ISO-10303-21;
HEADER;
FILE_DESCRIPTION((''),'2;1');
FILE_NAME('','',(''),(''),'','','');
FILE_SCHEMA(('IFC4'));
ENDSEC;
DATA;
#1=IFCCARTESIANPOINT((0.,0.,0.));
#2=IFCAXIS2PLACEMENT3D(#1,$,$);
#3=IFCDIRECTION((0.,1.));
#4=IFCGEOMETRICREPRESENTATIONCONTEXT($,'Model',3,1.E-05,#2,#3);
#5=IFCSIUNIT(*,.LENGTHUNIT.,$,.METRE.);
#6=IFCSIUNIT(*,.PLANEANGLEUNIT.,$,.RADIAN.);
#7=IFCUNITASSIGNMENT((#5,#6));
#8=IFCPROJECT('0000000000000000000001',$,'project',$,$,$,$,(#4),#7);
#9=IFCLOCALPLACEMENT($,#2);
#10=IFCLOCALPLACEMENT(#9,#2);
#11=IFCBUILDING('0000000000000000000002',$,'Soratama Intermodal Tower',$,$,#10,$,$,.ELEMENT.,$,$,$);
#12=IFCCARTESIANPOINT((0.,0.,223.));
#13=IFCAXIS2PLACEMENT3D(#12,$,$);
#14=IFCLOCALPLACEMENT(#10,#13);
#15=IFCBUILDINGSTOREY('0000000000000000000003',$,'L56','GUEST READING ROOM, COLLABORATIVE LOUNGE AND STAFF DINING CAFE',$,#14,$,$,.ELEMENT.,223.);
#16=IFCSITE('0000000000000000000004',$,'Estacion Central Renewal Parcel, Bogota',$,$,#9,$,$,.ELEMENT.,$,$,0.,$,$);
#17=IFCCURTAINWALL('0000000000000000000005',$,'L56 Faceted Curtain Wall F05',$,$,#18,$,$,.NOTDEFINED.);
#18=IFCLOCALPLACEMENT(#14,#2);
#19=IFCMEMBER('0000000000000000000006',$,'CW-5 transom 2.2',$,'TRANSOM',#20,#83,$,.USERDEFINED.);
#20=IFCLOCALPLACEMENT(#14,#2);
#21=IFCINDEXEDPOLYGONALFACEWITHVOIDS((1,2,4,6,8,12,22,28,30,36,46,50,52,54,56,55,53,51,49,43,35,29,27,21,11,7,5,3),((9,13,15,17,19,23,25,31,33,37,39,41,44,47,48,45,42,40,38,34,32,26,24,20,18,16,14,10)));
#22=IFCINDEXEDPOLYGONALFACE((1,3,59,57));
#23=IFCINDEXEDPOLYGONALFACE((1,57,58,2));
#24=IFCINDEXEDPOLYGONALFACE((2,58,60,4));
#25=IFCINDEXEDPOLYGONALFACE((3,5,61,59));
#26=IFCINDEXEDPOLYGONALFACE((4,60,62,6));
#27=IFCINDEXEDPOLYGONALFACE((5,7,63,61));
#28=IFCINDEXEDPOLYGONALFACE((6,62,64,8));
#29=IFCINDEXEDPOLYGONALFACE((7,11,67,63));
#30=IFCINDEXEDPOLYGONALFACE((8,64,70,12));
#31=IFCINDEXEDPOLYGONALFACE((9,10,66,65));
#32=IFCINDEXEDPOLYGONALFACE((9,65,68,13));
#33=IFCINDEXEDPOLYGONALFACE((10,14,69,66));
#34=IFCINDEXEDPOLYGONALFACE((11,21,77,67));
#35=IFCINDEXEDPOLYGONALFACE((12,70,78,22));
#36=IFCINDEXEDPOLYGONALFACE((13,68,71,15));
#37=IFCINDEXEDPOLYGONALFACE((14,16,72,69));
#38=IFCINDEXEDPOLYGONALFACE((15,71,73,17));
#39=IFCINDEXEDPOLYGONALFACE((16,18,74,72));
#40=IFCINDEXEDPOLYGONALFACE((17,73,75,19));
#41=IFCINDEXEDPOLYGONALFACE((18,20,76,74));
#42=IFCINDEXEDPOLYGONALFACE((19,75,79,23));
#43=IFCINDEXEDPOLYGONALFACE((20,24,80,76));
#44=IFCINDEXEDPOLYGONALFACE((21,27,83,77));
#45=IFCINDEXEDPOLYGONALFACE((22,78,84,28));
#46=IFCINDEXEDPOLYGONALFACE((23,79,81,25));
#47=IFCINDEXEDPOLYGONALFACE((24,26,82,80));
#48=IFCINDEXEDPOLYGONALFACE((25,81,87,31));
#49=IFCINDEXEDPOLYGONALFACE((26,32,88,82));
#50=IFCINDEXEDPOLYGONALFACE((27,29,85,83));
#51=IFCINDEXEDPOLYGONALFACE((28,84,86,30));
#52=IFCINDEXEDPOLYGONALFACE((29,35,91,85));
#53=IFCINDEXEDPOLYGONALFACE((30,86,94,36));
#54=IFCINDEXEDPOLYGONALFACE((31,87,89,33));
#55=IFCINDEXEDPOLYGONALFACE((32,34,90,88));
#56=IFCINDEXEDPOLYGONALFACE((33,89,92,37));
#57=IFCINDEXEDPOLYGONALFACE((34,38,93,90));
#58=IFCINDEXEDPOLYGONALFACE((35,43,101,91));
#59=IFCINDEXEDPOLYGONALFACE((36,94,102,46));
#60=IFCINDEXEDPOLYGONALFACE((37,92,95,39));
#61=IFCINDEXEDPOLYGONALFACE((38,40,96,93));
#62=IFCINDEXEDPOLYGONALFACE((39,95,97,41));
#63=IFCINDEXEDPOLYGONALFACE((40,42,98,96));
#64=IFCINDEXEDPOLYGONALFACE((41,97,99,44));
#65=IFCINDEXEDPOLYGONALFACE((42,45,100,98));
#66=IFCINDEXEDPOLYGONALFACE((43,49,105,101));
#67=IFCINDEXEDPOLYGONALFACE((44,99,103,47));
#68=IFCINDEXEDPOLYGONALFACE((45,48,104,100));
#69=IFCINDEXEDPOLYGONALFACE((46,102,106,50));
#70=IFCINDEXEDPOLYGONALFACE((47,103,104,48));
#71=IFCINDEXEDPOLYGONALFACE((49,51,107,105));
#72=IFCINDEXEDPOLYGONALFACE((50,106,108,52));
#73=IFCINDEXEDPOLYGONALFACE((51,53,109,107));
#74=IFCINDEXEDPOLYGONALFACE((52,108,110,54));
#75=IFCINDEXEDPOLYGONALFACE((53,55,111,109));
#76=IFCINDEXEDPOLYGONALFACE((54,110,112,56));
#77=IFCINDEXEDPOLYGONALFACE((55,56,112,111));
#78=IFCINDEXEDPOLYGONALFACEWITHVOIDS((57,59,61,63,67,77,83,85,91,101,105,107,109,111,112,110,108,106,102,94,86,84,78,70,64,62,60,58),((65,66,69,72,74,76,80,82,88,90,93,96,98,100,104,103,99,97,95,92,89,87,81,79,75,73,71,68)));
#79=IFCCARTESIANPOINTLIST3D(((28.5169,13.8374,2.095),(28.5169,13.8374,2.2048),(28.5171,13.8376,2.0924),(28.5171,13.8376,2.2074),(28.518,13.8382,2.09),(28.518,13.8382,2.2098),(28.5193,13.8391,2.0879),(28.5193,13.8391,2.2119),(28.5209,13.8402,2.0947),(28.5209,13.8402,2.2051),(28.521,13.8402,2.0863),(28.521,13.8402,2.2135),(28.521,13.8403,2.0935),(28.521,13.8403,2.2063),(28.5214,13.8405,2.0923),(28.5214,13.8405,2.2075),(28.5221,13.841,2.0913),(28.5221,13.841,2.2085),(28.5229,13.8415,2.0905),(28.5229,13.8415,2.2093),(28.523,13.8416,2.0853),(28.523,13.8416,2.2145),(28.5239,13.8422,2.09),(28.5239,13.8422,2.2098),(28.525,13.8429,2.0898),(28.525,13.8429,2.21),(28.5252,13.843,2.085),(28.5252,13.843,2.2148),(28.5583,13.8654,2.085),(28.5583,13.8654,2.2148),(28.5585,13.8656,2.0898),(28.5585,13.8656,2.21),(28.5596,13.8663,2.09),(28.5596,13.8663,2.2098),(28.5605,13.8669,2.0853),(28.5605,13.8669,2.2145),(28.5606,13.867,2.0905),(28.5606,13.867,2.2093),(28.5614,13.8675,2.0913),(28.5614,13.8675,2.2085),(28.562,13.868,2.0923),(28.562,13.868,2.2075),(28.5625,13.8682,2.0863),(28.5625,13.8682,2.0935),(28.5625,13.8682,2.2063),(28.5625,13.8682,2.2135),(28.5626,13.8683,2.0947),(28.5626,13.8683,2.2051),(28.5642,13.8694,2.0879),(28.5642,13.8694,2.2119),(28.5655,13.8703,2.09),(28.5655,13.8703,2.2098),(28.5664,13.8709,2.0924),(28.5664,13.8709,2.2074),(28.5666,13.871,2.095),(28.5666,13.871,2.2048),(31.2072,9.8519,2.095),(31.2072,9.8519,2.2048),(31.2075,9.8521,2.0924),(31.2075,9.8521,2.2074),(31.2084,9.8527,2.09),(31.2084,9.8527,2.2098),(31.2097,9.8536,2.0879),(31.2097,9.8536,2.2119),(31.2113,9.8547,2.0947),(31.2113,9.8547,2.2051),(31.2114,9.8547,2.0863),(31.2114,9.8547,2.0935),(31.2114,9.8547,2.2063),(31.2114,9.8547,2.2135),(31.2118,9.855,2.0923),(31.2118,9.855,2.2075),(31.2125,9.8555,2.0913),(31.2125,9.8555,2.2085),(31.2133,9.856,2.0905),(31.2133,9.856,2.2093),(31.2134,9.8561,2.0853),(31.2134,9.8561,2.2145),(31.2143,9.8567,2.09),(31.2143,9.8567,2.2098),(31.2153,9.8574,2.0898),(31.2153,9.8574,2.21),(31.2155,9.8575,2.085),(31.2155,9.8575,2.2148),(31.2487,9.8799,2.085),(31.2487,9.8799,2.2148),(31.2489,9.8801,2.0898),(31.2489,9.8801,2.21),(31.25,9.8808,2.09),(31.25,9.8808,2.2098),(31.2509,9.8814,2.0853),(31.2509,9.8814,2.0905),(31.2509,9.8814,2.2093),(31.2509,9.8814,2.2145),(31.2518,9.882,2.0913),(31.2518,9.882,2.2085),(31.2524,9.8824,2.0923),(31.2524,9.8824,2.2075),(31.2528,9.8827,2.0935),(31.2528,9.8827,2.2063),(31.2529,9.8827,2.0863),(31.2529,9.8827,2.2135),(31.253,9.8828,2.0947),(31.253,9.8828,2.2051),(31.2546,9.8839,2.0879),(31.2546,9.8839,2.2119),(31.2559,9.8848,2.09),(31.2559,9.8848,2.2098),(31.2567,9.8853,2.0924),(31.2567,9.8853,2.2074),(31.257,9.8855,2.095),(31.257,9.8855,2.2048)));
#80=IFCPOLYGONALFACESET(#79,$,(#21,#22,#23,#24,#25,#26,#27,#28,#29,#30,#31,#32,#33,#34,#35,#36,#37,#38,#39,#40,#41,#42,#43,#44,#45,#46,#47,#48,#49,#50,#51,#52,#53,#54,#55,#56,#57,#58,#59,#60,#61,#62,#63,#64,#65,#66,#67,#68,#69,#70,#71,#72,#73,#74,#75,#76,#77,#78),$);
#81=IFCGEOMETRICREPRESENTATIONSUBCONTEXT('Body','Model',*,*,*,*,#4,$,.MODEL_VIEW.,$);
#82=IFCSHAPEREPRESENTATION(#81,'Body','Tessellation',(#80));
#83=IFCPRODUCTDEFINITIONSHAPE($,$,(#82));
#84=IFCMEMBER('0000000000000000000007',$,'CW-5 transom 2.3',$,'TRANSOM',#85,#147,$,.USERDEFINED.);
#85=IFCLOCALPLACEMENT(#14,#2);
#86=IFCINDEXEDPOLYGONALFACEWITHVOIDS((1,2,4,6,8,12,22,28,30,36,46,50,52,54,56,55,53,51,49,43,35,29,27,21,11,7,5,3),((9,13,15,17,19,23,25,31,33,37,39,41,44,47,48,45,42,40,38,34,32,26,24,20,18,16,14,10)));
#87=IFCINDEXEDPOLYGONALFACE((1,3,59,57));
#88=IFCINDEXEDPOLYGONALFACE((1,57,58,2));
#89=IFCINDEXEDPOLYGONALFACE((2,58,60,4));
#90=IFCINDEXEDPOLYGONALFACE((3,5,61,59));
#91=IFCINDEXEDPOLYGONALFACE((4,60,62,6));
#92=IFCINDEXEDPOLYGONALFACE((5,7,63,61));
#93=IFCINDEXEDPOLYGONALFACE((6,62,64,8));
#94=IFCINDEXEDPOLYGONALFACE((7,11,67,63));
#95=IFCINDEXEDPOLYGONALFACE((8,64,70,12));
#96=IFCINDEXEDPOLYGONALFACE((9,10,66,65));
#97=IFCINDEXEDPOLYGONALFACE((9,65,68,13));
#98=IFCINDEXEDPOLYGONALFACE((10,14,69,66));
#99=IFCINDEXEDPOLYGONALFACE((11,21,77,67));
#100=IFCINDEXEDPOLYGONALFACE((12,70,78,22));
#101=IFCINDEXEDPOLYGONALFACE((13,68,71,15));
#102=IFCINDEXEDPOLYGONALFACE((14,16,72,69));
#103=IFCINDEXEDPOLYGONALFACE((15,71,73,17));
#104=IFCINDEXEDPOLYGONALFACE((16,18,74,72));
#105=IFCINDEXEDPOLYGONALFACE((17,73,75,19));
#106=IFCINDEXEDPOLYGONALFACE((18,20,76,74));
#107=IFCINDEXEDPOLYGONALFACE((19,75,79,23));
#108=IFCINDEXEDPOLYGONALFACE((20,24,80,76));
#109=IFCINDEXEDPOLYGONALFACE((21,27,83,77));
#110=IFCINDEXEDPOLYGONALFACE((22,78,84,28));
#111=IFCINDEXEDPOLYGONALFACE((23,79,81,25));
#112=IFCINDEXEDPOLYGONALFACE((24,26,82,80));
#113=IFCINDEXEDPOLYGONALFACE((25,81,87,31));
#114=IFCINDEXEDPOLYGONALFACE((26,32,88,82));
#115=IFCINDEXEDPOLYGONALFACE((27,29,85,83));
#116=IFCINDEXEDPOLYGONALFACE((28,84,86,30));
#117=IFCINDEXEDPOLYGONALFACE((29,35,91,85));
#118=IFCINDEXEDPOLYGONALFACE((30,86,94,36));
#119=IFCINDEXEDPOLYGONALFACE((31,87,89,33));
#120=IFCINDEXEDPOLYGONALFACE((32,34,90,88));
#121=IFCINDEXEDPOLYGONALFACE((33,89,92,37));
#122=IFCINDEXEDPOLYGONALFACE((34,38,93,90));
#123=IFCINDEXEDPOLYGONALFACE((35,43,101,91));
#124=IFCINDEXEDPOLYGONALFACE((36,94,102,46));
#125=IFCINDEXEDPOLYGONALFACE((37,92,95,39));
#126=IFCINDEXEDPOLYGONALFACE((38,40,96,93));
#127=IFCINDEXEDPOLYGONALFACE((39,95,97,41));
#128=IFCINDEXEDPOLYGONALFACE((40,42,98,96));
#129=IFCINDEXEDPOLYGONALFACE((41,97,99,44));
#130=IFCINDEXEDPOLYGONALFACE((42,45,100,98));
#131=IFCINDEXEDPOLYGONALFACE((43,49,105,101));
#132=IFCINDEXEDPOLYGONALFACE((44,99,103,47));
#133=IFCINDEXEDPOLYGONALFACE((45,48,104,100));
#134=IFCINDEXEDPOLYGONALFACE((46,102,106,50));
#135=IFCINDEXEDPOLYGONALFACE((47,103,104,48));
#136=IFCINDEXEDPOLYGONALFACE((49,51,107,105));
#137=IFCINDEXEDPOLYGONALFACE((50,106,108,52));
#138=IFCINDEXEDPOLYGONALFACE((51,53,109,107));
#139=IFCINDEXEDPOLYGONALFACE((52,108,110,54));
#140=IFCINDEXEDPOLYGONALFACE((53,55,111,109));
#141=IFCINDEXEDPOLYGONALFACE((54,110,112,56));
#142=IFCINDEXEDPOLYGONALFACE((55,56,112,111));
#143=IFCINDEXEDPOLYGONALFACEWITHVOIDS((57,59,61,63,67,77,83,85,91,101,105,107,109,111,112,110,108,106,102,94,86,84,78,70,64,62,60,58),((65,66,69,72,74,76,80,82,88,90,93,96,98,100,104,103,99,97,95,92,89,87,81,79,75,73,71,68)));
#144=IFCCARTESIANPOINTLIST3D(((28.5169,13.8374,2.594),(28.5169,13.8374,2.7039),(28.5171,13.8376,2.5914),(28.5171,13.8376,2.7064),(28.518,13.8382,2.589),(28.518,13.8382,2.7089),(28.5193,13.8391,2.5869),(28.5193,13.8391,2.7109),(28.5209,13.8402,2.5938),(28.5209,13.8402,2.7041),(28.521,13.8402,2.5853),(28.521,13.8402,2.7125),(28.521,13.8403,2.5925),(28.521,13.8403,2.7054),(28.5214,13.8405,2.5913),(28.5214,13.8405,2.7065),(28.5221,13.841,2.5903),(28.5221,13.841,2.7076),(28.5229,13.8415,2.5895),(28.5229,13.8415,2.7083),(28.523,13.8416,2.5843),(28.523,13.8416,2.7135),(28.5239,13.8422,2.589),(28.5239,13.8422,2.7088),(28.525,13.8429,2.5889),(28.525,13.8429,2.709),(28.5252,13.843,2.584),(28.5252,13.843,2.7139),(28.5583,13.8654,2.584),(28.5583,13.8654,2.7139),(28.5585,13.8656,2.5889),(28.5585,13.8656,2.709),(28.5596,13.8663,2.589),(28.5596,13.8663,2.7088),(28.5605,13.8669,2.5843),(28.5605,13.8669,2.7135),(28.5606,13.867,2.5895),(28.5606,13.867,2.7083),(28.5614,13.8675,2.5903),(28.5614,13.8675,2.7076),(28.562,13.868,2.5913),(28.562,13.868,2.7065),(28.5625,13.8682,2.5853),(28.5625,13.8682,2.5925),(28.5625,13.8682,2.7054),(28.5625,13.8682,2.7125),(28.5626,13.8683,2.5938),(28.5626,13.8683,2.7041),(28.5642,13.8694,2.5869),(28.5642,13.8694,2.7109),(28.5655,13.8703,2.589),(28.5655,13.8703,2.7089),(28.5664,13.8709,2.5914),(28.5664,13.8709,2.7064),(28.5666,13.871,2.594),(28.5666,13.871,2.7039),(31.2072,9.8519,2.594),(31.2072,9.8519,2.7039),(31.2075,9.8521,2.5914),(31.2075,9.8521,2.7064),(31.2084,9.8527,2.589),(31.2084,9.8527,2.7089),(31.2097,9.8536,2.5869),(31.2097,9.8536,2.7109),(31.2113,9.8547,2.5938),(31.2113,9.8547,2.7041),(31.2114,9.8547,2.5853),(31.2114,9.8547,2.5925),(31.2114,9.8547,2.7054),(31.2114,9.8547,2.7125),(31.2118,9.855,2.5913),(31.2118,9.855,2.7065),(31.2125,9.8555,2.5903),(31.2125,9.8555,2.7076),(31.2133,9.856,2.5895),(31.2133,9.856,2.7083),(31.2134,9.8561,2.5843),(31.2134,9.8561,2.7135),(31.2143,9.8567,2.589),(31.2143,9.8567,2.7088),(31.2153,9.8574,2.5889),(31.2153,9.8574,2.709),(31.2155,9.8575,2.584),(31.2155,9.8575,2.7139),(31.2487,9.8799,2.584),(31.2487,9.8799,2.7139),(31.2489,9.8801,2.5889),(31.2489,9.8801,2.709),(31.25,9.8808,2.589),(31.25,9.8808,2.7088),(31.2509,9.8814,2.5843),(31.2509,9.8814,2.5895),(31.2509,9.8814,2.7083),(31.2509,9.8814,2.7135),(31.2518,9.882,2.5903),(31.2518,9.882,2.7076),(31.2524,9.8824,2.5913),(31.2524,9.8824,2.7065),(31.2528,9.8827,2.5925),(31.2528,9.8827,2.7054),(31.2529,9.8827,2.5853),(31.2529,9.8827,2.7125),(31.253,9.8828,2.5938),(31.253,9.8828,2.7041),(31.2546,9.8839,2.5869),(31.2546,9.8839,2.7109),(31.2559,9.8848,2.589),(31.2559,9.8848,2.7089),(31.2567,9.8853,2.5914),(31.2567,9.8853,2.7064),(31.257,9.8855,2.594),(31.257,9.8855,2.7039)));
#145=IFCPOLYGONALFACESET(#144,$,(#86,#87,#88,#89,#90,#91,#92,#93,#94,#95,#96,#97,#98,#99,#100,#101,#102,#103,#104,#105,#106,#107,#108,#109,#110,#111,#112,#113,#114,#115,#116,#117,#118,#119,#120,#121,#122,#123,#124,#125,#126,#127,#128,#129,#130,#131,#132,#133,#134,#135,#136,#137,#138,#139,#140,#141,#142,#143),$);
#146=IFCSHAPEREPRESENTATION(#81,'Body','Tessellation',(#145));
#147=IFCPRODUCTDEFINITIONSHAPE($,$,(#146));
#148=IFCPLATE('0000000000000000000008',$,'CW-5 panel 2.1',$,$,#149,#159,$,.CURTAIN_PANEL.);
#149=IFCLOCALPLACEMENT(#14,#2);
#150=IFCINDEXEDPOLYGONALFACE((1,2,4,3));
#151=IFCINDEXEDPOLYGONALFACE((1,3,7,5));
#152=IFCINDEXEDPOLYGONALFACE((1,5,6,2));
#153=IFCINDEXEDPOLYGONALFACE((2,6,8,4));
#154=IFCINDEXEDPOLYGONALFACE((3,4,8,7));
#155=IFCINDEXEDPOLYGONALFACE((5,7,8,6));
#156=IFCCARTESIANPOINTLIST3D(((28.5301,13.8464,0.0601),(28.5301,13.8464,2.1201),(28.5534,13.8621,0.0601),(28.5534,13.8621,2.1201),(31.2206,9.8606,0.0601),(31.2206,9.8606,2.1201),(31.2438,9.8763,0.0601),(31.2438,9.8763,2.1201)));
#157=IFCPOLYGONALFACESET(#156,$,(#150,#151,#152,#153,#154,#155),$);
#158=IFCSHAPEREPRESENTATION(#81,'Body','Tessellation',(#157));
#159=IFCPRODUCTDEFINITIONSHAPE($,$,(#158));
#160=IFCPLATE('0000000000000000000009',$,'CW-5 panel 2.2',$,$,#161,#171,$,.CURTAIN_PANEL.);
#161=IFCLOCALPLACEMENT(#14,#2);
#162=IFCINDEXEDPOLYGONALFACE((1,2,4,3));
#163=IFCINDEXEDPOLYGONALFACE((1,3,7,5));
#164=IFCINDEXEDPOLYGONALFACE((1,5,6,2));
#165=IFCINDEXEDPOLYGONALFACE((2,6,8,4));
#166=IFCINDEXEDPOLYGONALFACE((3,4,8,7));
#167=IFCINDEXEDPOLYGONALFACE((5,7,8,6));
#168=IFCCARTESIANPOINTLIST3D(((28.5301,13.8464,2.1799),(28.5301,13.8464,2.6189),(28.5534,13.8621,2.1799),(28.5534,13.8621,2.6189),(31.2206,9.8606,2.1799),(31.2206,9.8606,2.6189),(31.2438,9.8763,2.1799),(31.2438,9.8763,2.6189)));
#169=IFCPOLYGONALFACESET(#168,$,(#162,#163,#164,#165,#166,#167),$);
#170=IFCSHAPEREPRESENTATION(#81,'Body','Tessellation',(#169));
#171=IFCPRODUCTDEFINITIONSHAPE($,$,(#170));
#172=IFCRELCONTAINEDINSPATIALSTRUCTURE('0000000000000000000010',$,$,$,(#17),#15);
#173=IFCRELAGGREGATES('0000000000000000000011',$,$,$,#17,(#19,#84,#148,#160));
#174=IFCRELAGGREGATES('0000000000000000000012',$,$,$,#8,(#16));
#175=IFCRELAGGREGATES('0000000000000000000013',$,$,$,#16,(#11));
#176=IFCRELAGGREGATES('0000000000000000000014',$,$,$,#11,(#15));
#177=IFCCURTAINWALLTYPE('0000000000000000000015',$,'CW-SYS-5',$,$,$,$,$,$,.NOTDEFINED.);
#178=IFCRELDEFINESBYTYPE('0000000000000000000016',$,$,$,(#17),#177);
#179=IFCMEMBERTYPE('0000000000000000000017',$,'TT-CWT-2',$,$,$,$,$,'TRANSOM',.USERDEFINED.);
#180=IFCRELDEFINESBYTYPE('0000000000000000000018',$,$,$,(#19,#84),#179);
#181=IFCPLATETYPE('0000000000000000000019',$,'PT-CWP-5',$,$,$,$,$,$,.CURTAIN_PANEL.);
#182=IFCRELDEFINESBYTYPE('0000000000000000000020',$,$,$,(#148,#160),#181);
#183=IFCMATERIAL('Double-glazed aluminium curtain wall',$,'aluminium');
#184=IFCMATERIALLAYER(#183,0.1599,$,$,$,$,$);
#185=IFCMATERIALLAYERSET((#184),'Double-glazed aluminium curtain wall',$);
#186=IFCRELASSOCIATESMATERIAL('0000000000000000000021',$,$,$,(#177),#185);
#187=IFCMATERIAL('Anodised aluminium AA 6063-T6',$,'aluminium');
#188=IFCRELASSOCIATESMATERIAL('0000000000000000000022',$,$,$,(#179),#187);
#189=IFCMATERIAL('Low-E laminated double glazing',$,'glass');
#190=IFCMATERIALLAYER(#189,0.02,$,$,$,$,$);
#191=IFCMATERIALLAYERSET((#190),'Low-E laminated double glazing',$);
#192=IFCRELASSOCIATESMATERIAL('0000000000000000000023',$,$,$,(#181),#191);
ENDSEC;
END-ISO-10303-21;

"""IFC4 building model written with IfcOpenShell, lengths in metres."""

from ifc_helpers import new_model, si_unit, direction, frame, origin, origin_2d, place, context, subcontext, project, spatial, rectangle, hollow_rectangle, extrude, material, layer, layer_set, material_profile, profile_set, type_object, element, aggregate, save


model = new_model("IFC4")

# Units and contexts
model_context = context("Model", 3, precision=1e-05, world=origin(), true_north=direction((0.0, 1.0)))
body_context = subcontext(model_context, "Body", "Model", "MODEL_VIEW")
ifc_project = project(units=[si_unit("LENGTHUNIT", "METRE"), si_unit("PLANEANGLEUNIT", "RADIAN")], contexts=[model_context])

# Site, building, storey
site_placement = place(None, origin())
site = spatial("IfcSite", under=ifc_project, at=site_placement, Name="Estacion Central Renewal Parcel, Bogota", CompositionType="ELEMENT", RefElevation=0.0)
building_placement = place(site_placement, origin())
building = spatial("IfcBuilding", under=site, at=building_placement, Name="Soratama Intermodal Tower", CompositionType="ELEMENT")
storey_placement = place(building_placement, frame((0.0, 0.0, 223.0)))
storey = spatial("IfcBuildingStorey", under=building, at=storey_placement, Name="L56", Description="GUEST READING ROOM, COLLABORATIVE LOUNGE AND STAFF DINING CAFE", CompositionType="ELEMENT", Elevation=223.0)

# Curtain wall, members, plates
ifc_material_1 = material(Name="Double-glazed aluminium curtain wall", Category="aluminium")
ifc_layer_1 = layer(ifc_material_1, 0.1599)
ifc_layer_set_1 = layer_set([ifc_layer_1], Name="Double-glazed aluminium curtain wall")
curtain_wall_type = type_object("IfcCurtainWallType", Name="CW-SYS-5", PredefinedType="NOTDEFINED", material=ifc_layer_set_1)
curtain_wall_placement = place(storey_placement, origin())
curtain_wall = element("IfcCurtainWall", 1, at=curtain_wall_placement, inside=storey, type_object=curtain_wall_type, Name="L56 Faceted Curtain Wall F05", PredefinedType="NOTDEFINED")
ifc_material_2 = material(Name="Anodised aluminium AA 6063-T6", Category="aluminium")
ifc_material_profile_1 = material_profile(ifc_material_2, hollow_rectangle(XDim=0.0601, YDim=0.1299, WallThickness=0.0049, InnerFilletRadius=0.0049, OuterFilletRadius=0.01, at=origin_2d()), Name="CWT130X60X5")
ifc_profile_set_1 = profile_set([ifc_material_profile_1], Name="Anodised aluminium AA 6063-T6")
member_type_1 = type_object("IfcMemberType", Name="TT-CWT-2", ElementType="TRANSOM", PredefinedType="USERDEFINED", material=ifc_profile_set_1)
member_1_placement = place(storey_placement, frame((28.5417, 13.8542, 2.1499), z_axis=(0.559495, -0.828834, 0.0), x_axis=(0.828834, 0.559495, 0.0)))
member_1 = element("IfcMember", 2, at=member_1_placement, type_object=member_type_1, Name="CW-5 transom 2.2", ObjectType="TRANSOM", PredefinedType="USERDEFINED", context=body_context, shape_type="SweptSolid", body=[
    extrude(hollow_rectangle(XDim=0.0601, YDim=0.1299, WallThickness=0.0049, InnerFilletRadius=0.0049, OuterFilletRadius=0.01, at=origin_2d()), origin(), (0.0, 0.0, 1.0), 4.8086),
])
member_2_placement = place(storey_placement, frame((28.5417, 13.8542, 2.6489), z_axis=(0.559495, -0.828834, 0.0), x_axis=(0.828834, 0.559495, 0.0)))
member_2 = element("IfcMember", 3, at=member_2_placement, type_object=member_type_1, Name="CW-5 transom 2.3", ObjectType="TRANSOM", PredefinedType="USERDEFINED", context=body_context, shape_type="SweptSolid", body=[
    extrude(hollow_rectangle(XDim=0.0601, YDim=0.1299, WallThickness=0.0049, InnerFilletRadius=0.0049, OuterFilletRadius=0.01, at=origin_2d()), origin(), (0.0, 0.0, 1.0), 4.8086),
])
ifc_material_3 = material(Name="Low-E laminated double glazing", Category="glass")
ifc_layer_2 = layer(ifc_material_3, 0.02)
ifc_layer_set_2 = layer_set([ifc_layer_2], Name="Low-E laminated double glazing")
plate_type = type_object("IfcPlateType", Name="PT-CWP-5", PredefinedType="CURTAIN_PANEL", material=ifc_layer_set_2)
plate_1_placement = place(storey_placement, frame((29.887, 11.8613, 0.0601), z_axis=(0.0, 0.0, 1.0), x_axis=(0.559482, -0.828843, 0.0)))
plate_1 = element("IfcPlate", 4, at=plate_1_placement, type_object=plate_type, Name="CW-5 panel 2.1", PredefinedType="CURTAIN_PANEL", context=body_context, shape_type="SweptSolid", body=[
    extrude(rectangle(XDim=4.8088, YDim=0.0281, at=origin_2d()), origin(), (0.0, 0.0, 1.0), 2.0601),
])
plate_2_placement = place(storey_placement, frame((29.887, 11.8613, 2.1799), z_axis=(0.0, 0.0, 1.0), x_axis=(0.559482, -0.828843, 0.0)))
plate_2 = element("IfcPlate", 5, at=plate_2_placement, type_object=plate_type, Name="CW-5 panel 2.2", PredefinedType="CURTAIN_PANEL", context=body_context, shape_type="SweptSolid", body=[
    extrude(rectangle(XDim=4.8088, YDim=0.0281, at=origin_2d()), origin(), (0.0, 0.0, 1.0), 0.439),
])
aggregate(curtain_wall, [member_1, member_2, plate_1, plate_2])

save(model, "model.ifc")
